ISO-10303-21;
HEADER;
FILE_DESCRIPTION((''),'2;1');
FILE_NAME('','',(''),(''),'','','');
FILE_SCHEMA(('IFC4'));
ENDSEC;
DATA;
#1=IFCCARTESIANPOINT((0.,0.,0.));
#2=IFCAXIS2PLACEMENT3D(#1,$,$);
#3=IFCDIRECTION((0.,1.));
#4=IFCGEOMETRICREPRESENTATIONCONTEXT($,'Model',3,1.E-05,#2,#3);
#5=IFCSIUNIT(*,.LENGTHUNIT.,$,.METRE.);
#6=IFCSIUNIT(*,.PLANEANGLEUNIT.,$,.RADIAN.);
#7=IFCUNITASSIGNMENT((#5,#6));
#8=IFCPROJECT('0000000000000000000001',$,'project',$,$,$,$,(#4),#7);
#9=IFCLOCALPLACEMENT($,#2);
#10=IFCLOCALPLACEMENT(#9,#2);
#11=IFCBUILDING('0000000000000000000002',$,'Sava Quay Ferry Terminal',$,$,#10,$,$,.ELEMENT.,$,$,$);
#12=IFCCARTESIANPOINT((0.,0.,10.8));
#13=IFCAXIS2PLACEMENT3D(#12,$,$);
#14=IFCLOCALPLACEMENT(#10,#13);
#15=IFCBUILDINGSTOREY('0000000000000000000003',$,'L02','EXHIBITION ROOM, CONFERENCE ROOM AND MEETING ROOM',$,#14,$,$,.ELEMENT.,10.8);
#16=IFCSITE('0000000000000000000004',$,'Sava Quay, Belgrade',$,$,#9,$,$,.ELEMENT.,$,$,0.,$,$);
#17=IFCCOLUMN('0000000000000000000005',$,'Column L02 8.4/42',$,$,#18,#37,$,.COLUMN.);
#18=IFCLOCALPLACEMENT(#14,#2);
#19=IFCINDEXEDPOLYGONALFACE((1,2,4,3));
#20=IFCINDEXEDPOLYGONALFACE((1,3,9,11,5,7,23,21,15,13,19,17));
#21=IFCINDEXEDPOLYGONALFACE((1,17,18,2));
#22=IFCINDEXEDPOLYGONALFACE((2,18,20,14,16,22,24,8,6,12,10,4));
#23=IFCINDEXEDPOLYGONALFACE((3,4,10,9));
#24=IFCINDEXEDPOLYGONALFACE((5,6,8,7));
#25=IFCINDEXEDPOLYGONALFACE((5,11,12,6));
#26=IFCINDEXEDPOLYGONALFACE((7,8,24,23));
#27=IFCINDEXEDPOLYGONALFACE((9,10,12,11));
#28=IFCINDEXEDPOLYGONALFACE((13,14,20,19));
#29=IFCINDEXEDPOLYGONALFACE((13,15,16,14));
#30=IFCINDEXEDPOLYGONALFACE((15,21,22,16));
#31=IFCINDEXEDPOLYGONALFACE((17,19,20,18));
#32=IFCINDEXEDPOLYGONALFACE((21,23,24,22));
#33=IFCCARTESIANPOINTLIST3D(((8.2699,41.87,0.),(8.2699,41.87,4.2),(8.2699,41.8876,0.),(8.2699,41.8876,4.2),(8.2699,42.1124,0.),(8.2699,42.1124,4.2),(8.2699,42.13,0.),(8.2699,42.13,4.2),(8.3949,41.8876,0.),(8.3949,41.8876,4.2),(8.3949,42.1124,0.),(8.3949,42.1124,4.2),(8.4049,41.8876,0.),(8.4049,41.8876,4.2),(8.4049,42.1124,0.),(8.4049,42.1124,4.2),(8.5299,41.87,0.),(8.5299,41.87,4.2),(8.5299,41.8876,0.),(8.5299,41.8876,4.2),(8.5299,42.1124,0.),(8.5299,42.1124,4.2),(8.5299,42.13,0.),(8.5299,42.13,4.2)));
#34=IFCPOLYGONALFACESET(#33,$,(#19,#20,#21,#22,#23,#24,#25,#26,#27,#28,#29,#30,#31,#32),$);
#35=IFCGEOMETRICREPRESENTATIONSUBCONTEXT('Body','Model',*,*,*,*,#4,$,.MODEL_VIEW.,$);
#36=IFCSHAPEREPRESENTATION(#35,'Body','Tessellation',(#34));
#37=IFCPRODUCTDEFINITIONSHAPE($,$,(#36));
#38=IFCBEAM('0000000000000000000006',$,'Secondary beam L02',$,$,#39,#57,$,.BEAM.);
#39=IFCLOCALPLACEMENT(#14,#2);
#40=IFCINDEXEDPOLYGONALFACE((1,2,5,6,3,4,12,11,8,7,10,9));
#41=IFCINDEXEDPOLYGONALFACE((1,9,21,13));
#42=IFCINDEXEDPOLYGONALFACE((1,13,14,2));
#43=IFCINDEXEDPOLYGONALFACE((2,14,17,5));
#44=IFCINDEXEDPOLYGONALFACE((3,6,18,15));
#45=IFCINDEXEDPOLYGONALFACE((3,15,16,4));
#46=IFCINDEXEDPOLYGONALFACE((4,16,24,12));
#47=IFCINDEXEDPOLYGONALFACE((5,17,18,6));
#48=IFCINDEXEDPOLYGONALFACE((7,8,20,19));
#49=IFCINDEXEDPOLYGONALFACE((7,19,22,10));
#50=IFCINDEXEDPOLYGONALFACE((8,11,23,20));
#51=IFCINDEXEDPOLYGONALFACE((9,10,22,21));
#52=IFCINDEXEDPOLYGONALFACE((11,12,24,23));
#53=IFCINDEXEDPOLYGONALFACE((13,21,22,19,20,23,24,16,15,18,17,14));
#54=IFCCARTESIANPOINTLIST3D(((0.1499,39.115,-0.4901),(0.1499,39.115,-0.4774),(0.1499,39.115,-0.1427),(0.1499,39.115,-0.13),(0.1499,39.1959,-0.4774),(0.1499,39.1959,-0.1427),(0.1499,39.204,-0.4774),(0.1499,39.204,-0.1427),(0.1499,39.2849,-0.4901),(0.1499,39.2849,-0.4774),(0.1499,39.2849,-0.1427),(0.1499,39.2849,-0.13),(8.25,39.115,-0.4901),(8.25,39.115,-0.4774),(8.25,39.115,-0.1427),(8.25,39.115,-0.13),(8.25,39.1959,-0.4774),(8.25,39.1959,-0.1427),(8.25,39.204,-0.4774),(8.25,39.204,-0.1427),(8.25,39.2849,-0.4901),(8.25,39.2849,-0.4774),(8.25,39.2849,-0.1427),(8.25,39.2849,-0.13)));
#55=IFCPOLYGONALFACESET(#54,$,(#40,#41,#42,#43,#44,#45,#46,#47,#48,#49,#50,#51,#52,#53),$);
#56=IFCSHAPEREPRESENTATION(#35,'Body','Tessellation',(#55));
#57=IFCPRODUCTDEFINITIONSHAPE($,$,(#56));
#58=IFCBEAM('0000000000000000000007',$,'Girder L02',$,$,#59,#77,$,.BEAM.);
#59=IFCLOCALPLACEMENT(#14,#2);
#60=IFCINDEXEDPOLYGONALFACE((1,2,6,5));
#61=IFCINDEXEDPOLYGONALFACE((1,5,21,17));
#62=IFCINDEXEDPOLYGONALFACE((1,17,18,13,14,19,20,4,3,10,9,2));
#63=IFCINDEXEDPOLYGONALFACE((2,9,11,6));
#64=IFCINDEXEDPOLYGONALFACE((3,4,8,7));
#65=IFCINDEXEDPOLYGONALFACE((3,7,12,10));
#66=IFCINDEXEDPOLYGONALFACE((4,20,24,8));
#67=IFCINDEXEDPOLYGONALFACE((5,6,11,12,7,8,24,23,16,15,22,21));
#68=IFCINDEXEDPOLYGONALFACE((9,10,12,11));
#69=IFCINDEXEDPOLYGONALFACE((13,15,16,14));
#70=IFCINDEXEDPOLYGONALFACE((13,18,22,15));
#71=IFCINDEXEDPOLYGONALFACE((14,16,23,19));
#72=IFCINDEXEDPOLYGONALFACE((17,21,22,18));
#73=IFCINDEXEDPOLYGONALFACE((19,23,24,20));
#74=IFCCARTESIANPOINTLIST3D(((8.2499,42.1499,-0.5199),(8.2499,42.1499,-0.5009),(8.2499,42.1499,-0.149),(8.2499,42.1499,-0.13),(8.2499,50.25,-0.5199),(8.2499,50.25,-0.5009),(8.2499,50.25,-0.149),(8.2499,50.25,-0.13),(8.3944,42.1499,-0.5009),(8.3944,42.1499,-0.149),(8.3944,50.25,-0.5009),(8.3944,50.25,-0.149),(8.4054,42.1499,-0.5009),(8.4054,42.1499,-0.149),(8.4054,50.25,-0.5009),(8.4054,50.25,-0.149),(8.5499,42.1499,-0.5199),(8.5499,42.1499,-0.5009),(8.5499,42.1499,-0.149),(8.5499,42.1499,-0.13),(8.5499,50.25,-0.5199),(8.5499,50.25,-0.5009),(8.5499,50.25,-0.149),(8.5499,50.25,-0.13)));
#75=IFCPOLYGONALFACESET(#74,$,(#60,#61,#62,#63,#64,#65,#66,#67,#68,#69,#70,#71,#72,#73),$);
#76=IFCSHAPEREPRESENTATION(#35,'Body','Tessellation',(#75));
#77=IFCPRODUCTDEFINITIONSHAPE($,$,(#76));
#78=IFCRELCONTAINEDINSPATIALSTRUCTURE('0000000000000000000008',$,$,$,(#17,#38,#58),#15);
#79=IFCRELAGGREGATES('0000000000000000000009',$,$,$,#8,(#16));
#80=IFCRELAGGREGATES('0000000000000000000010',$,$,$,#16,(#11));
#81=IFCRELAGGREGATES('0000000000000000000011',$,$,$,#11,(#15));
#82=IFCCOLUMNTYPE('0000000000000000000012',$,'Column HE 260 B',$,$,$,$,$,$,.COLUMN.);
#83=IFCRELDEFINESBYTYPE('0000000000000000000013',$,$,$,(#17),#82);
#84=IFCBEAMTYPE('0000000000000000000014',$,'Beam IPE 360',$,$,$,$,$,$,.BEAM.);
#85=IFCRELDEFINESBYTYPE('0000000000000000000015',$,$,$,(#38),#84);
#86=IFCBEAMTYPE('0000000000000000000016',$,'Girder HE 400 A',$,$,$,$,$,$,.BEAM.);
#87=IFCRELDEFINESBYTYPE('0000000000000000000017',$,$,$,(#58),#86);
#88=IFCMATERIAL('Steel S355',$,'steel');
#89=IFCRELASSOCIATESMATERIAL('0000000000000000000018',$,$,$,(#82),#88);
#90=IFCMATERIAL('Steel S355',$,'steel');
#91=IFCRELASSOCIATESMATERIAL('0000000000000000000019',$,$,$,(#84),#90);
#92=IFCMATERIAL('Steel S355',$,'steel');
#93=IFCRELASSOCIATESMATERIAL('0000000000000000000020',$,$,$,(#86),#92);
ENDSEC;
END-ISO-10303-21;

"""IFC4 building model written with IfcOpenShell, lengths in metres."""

from ifc_helpers import new_model, si_unit, direction, frame, origin, origin_2d, place, context, subcontext, project, spatial, i_section, extrude, material, material_profile, profile_set, type_object, element, save


model = new_model("IFC4")

# Units and contexts
model_context = context("Model", 3, precision=1e-05, world=origin(), true_north=direction((0.0, 1.0)))
body_context = subcontext(model_context, "Body", "Model", "MODEL_VIEW")
ifc_project = project(units=[si_unit("LENGTHUNIT", "METRE"), si_unit("PLANEANGLEUNIT", "RADIAN")], contexts=[model_context])

# Site, building, storey
site_placement = place(None, origin())
site = spatial("IfcSite", under=ifc_project, at=site_placement, Name="Sava Quay, Belgrade", CompositionType="ELEMENT", RefElevation=0.0)
building_placement = place(site_placement, origin())
building = spatial("IfcBuilding", under=site, at=building_placement, Name="Sava Quay Ferry Terminal", CompositionType="ELEMENT")
storey_placement = place(building_placement, frame((0.0, 0.0, 10.8)))
storey = spatial("IfcBuildingStorey", under=building, at=storey_placement, Name="L02", Description="EXHIBITION ROOM, CONFERENCE ROOM AND MEETING ROOM", CompositionType="ELEMENT", Elevation=10.8)

# Column
ifc_material_1 = material(Name="Steel S355", Category="steel")
ifc_material_profile_1 = material_profile(ifc_material_1, i_section(OverallWidth=0.26, OverallDepth=0.26, WebThickness=0.01, FlangeThickness=0.0176, at=origin_2d()), Name="HE 260 B")
ifc_profile_set_1 = profile_set([ifc_material_profile_1], Name="Steel S355")
column_type = type_object("IfcColumnType", Name="Column HE 260 B", PredefinedType="COLUMN", material=ifc_profile_set_1)
column_placement = place(storey_placement, frame((8.3999, 42.0, 0.0), z_axis=(0.0, 0.0, 1.0), x_axis=(1.0, 0.0, 0.0)))
element("IfcColumn", 1, at=column_placement, inside=storey, type_object=column_type, Name="Column L02 8.4/42", PredefinedType="COLUMN", context=body_context, shape_type="SweptSolid", body=[
    extrude(i_section(OverallWidth=0.26, OverallDepth=0.26, WebThickness=0.01, FlangeThickness=0.0176, at=origin_2d()), origin(), (0.0, 0.0, 1.0), 4.2),
])

# Beams
ifc_material_2 = material(Name="Steel S355", Category="steel")
ifc_material_profile_2 = material_profile(ifc_material_2, i_section(OverallWidth=0.1699, OverallDepth=0.3601, WebThickness=0.0081, FlangeThickness=0.0127, at=origin_2d()), Name="IPE 360")
ifc_profile_set_2 = profile_set([ifc_material_profile_2], Name="Steel S355")
beam_type_1 = type_object("IfcBeamType", Name="Beam IPE 360", PredefinedType="BEAM", material=ifc_profile_set_2)
beam_1_placement = place(storey_placement, frame((0.1499, 39.2, -0.3101), z_axis=(1.0, 0.0, 0.0), x_axis=(0.0, 1.0, 0.0)))
element("IfcBeam", 2, at=beam_1_placement, inside=storey, type_object=beam_type_1, Name="Secondary beam L02", PredefinedType="BEAM", context=body_context, shape_type="SweptSolid", body=[
    extrude(i_section(OverallWidth=0.1699, OverallDepth=0.3601, WebThickness=0.0081, FlangeThickness=0.0127, at=origin_2d()), origin(), (0.0, 0.0, 1.0), 8.1001),
])
ifc_material_3 = material(Name="Steel S355", Category="steel")
ifc_material_profile_3 = material_profile(ifc_material_3, i_section(OverallWidth=0.3, OverallDepth=0.3899, WebThickness=0.011, FlangeThickness=0.019, at=origin_2d()), Name="HE 400 A")
ifc_profile_set_3 = profile_set([ifc_material_profile_3], Name="Steel S355")
beam_type_2 = type_object("IfcBeamType", Name="Girder HE 400 A", PredefinedType="BEAM", material=ifc_profile_set_3)
beam_2_placement = place(storey_placement, frame((8.3999, 42.1499, -0.325), z_axis=(0.0, 1.0, 0.0), x_axis=(-1.0, 0.0, 0.0)))
element("IfcBeam", 3, at=beam_2_placement, inside=storey, type_object=beam_type_2, Name="Girder L02", PredefinedType="BEAM", context=body_context, shape_type="SweptSolid", body=[
    extrude(i_section(OverallWidth=0.3, OverallDepth=0.3899, WebThickness=0.011, FlangeThickness=0.019, at=origin_2d()), origin(), (0.0, 0.0, 1.0), 8.1001),
])

save(model, "model.ifc")
